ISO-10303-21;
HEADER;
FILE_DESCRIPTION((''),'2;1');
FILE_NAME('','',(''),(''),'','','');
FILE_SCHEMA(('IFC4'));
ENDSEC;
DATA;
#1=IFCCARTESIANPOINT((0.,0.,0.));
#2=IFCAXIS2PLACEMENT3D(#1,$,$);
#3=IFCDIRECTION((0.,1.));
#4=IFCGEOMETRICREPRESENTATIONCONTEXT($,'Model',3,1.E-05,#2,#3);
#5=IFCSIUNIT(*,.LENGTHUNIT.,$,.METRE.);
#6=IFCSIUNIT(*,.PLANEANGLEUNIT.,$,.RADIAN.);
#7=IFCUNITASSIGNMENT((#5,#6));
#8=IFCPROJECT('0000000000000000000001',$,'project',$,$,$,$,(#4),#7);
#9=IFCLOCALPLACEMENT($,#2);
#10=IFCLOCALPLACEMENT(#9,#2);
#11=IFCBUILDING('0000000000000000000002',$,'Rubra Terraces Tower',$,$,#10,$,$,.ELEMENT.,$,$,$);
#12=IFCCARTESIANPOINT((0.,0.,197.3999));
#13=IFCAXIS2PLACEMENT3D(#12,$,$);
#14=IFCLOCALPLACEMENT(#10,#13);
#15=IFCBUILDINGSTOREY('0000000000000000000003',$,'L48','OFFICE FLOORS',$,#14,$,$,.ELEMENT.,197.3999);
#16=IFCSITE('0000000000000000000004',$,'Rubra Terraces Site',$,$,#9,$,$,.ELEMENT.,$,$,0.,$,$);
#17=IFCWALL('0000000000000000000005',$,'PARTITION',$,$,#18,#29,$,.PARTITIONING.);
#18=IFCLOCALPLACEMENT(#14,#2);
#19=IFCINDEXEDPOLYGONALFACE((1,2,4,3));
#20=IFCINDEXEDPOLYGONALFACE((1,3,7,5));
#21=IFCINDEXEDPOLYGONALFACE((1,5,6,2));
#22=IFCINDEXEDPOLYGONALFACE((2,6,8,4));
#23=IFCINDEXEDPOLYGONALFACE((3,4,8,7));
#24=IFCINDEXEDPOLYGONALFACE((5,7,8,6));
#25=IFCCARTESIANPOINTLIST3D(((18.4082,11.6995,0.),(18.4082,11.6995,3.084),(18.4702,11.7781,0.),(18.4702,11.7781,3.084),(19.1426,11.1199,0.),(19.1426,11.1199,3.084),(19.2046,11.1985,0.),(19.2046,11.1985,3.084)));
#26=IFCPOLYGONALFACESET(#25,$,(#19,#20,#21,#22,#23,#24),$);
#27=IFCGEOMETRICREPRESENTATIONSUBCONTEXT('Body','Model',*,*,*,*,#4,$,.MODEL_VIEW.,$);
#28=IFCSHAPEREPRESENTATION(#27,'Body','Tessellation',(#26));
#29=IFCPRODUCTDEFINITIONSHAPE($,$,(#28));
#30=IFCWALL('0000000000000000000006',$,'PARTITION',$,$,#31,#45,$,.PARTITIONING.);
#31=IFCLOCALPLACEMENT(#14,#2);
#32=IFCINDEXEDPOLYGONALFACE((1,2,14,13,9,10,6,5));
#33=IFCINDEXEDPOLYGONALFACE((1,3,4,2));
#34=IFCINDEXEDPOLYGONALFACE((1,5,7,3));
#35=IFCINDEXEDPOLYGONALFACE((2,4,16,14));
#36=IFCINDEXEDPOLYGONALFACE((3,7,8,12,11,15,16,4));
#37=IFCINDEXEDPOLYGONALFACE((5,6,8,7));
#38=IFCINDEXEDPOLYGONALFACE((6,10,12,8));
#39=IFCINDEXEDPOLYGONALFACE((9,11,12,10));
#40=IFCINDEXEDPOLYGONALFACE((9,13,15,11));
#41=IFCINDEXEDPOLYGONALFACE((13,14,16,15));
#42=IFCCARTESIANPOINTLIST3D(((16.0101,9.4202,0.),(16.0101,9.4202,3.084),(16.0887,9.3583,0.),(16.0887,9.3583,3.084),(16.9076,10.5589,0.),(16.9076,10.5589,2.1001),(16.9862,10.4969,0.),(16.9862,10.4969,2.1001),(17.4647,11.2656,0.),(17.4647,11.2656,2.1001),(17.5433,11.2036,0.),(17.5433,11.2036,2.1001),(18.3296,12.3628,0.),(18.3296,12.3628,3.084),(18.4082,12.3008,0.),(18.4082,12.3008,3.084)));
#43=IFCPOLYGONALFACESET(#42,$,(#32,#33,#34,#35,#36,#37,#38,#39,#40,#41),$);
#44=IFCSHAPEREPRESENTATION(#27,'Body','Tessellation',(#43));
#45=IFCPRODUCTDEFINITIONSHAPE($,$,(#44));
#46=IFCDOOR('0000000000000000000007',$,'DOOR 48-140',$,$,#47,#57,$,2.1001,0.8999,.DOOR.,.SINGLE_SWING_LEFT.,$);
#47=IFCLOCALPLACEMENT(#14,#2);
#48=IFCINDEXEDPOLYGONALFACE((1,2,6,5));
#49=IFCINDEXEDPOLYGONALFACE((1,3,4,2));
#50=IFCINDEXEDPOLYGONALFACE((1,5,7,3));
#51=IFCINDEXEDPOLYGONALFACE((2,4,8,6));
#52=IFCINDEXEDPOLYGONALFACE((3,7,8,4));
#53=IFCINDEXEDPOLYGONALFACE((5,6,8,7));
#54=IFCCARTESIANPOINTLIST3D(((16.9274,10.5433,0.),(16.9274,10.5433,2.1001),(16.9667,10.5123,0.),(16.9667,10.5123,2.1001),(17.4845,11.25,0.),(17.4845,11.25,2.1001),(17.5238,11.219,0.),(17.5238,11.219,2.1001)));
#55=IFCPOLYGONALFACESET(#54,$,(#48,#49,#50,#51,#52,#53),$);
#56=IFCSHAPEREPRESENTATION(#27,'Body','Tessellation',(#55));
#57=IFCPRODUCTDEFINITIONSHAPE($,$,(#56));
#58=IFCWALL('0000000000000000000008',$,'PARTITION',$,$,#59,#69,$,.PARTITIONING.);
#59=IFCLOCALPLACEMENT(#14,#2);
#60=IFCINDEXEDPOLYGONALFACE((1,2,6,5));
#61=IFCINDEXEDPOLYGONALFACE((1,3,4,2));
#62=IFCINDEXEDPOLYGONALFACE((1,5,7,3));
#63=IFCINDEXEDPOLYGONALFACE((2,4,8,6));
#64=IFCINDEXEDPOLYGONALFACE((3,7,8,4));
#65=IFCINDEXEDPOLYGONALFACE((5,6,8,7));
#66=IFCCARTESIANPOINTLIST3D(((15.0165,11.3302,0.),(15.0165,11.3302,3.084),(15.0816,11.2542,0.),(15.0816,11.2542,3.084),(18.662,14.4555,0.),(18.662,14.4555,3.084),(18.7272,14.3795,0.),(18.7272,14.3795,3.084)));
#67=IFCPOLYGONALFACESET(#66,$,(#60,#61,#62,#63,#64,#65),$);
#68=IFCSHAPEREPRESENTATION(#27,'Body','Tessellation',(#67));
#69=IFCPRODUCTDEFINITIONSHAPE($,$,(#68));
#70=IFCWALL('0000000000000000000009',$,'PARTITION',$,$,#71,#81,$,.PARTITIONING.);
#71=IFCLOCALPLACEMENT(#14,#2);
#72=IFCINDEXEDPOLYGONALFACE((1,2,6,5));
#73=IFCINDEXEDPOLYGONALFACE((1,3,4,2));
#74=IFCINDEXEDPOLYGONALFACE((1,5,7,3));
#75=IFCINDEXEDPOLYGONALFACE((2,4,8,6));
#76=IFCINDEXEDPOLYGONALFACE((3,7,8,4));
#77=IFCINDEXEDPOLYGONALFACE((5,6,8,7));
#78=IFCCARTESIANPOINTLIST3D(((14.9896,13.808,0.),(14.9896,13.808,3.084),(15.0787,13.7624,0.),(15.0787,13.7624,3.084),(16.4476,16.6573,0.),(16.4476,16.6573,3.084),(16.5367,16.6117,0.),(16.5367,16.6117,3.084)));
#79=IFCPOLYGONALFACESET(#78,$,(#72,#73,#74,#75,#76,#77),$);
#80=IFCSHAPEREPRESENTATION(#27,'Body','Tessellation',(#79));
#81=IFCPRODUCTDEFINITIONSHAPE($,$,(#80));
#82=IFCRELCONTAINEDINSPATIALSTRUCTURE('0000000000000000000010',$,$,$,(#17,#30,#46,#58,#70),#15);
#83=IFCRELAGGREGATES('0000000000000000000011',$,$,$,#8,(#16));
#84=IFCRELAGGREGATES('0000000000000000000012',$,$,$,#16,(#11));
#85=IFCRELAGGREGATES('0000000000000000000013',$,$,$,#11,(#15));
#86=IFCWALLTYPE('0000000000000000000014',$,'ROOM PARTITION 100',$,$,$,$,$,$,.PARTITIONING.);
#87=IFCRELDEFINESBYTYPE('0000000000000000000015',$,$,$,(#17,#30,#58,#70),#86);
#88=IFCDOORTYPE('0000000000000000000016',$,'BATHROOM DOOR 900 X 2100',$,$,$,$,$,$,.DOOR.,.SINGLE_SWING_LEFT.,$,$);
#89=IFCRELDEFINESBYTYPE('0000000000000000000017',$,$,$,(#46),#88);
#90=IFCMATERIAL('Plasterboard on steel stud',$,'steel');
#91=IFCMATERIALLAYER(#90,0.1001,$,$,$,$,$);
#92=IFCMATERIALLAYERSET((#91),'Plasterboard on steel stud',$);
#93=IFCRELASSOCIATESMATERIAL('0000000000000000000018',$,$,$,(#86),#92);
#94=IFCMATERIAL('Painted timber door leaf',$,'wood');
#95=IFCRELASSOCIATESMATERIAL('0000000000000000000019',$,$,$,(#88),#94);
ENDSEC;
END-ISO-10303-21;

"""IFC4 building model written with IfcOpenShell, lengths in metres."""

from ifc_helpers import new_model, si_unit, direction, frame, frame_2d, origin, place, context, subcontext, project, spatial, rectangle, extrude, material, layer, layer_set, type_object, element, fill, save


model = new_model("IFC4")

# Units and contexts
model_context = context("Model", 3, precision=1e-05, world=origin(), true_north=direction((0.0, 1.0)))
body_context = subcontext(model_context, "Body", "Model", "MODEL_VIEW")
ifc_project = project(units=[si_unit("LENGTHUNIT", "METRE"), si_unit("PLANEANGLEUNIT", "RADIAN")], contexts=[model_context])

# Site, building, storey
site_placement = place(None, origin())
site = spatial("IfcSite", under=ifc_project, at=site_placement, Name="Rubra Terraces Site", CompositionType="ELEMENT", RefElevation=0.0)
building_placement = place(site_placement, origin())
building = spatial("IfcBuilding", under=site, at=building_placement, Name="Rubra Terraces Tower", CompositionType="ELEMENT")
storey_placement = place(building_placement, frame((0.0, 0.0, 197.3999)))
storey = spatial("IfcBuildingStorey", under=building, at=storey_placement, Name="L48", Description="OFFICE FLOORS", CompositionType="ELEMENT", Elevation=197.3999)

# Wall
ifc_material_1 = material(Name="Plasterboard on steel stud", Category="steel")
ifc_layer_1 = layer(ifc_material_1, 0.1001)
ifc_layer_set_1 = layer_set([ifc_layer_1], Name="Plasterboard on steel stud")
wall_type_1 = type_object("IfcWallType", Name="ROOM PARTITION 100", PredefinedType="PARTITIONING", material=ifc_layer_set_1)
wall_1_placement = place(storey_placement, frame((18.4392, 11.7388, 0.0), z_axis=(0.0, 0.0, 1.0), x_axis=(0.784976, -0.619526, 0.0)))
element("IfcWall", 1, at=wall_1_placement, inside=storey, type_object=wall_type_1, Name="PARTITION", PredefinedType="PARTITIONING", context=body_context, shape_type="SweptSolid", body=[
    extrude(rectangle(XDim=0.9355, YDim=0.1001, at=frame_2d((0.4678, 0.0))), origin(), (0.0, 0.0, 1.0), 3.084),
])

# Wall, opening, door
wall_2_placement = place(storey_placement, frame((16.0493, 9.3892, 0.0), z_axis=(0.0, 0.0, 1.0), x_axis=(0.619061, 0.785343, 0.0)))
wall_2 = element("IfcWall", 2, at=wall_2_placement, inside=storey, type_object=wall_type_1, Name="PARTITION", PredefinedType="PARTITIONING", context=body_context, shape_type="SweptSolid", body=[
    extrude(rectangle(XDim=3.7468, YDim=0.1001, at=frame_2d((1.8735, 0.0))), origin(), (0.0, 0.0, 1.0), 3.084),
])
opening_1_placement = place(wall_2_placement, frame((1.45, 0.0, 0.0)))
opening_1 = element("IfcOpeningElement", 3, at=opening_1_placement, cuts=wall_2, PredefinedType="OPENING", context=body_context, shape_type="SweptSolid", body=[
    extrude(rectangle(XDim=0.8999, YDim=2.1001, at=frame_2d((0.45, 1.05))), frame((0.0, 0.0601, 0.0), z_axis=(0.0, -1.0, 0.0), x_axis=(1.0, 0.0, 0.0)), (0.0, 0.0, 1.0), 0.1201),
])
ifc_material_2 = material(Name="Painted timber door leaf", Category="wood")
door_type_1 = type_object("IfcDoorType", Name="BATHROOM DOOR 900 X 2100", OperationType="SINGLE_SWING_LEFT", PredefinedType="DOOR", material=ifc_material_2)
door_1_placement = place(opening_1_placement, origin())
door_1 = element("IfcDoor", 4, at=door_1_placement, inside=storey, type_object=door_type_1, Name="DOOR 48-140", OperationType="SINGLE_SWING_LEFT", OverallHeight=2.1001, OverallWidth=0.8999, PredefinedType="DOOR", context=body_context, shape_type="SweptSolid", body=[
    extrude(rectangle(XDim=0.8999, YDim=2.1001, at=frame_2d((0.45, 1.05))), frame((0.0, 0.0249, 0.0), z_axis=(0.0, -1.0, 0.0), x_axis=(1.0, 0.0, 0.0)), (0.0, 0.0, 1.0), 0.05),
])
fill(opening_1, door_1)

# Walls
wall_3_placement = place(storey_placement, frame((15.0491, 11.2922, 0.0), z_axis=(0.0, 0.0, 1.0), x_axis=(0.759203, 0.650854, 0.0)))
element("IfcWall", 5, at=wall_3_placement, inside=storey, type_object=wall_type_1, Name="PARTITION", PredefinedType="PARTITIONING", context=body_context, shape_type="SweptSolid", body=[
    extrude(rectangle(XDim=4.8018, YDim=0.1001, at=frame_2d((2.4009, 0.0))), origin(), (0.0, 0.0, 1.0), 3.084),
])
wall_4_placement = place(storey_placement, frame((15.0342, 13.7852, 0.0), z_axis=(0.0, 0.0, 1.0), x_axis=(0.455524, 0.890224, 0.0)))
element("IfcWall", 6, at=wall_4_placement, inside=storey, type_object=wall_type_1, Name="PARTITION", PredefinedType="PARTITIONING", context=body_context, shape_type="SweptSolid", body=[
    extrude(rectangle(XDim=3.2007, YDim=0.1001, at=frame_2d((1.6003, 0.0))), origin(), (0.0, 0.0, 1.0), 3.084),
])

save(model, "model.ifc")
